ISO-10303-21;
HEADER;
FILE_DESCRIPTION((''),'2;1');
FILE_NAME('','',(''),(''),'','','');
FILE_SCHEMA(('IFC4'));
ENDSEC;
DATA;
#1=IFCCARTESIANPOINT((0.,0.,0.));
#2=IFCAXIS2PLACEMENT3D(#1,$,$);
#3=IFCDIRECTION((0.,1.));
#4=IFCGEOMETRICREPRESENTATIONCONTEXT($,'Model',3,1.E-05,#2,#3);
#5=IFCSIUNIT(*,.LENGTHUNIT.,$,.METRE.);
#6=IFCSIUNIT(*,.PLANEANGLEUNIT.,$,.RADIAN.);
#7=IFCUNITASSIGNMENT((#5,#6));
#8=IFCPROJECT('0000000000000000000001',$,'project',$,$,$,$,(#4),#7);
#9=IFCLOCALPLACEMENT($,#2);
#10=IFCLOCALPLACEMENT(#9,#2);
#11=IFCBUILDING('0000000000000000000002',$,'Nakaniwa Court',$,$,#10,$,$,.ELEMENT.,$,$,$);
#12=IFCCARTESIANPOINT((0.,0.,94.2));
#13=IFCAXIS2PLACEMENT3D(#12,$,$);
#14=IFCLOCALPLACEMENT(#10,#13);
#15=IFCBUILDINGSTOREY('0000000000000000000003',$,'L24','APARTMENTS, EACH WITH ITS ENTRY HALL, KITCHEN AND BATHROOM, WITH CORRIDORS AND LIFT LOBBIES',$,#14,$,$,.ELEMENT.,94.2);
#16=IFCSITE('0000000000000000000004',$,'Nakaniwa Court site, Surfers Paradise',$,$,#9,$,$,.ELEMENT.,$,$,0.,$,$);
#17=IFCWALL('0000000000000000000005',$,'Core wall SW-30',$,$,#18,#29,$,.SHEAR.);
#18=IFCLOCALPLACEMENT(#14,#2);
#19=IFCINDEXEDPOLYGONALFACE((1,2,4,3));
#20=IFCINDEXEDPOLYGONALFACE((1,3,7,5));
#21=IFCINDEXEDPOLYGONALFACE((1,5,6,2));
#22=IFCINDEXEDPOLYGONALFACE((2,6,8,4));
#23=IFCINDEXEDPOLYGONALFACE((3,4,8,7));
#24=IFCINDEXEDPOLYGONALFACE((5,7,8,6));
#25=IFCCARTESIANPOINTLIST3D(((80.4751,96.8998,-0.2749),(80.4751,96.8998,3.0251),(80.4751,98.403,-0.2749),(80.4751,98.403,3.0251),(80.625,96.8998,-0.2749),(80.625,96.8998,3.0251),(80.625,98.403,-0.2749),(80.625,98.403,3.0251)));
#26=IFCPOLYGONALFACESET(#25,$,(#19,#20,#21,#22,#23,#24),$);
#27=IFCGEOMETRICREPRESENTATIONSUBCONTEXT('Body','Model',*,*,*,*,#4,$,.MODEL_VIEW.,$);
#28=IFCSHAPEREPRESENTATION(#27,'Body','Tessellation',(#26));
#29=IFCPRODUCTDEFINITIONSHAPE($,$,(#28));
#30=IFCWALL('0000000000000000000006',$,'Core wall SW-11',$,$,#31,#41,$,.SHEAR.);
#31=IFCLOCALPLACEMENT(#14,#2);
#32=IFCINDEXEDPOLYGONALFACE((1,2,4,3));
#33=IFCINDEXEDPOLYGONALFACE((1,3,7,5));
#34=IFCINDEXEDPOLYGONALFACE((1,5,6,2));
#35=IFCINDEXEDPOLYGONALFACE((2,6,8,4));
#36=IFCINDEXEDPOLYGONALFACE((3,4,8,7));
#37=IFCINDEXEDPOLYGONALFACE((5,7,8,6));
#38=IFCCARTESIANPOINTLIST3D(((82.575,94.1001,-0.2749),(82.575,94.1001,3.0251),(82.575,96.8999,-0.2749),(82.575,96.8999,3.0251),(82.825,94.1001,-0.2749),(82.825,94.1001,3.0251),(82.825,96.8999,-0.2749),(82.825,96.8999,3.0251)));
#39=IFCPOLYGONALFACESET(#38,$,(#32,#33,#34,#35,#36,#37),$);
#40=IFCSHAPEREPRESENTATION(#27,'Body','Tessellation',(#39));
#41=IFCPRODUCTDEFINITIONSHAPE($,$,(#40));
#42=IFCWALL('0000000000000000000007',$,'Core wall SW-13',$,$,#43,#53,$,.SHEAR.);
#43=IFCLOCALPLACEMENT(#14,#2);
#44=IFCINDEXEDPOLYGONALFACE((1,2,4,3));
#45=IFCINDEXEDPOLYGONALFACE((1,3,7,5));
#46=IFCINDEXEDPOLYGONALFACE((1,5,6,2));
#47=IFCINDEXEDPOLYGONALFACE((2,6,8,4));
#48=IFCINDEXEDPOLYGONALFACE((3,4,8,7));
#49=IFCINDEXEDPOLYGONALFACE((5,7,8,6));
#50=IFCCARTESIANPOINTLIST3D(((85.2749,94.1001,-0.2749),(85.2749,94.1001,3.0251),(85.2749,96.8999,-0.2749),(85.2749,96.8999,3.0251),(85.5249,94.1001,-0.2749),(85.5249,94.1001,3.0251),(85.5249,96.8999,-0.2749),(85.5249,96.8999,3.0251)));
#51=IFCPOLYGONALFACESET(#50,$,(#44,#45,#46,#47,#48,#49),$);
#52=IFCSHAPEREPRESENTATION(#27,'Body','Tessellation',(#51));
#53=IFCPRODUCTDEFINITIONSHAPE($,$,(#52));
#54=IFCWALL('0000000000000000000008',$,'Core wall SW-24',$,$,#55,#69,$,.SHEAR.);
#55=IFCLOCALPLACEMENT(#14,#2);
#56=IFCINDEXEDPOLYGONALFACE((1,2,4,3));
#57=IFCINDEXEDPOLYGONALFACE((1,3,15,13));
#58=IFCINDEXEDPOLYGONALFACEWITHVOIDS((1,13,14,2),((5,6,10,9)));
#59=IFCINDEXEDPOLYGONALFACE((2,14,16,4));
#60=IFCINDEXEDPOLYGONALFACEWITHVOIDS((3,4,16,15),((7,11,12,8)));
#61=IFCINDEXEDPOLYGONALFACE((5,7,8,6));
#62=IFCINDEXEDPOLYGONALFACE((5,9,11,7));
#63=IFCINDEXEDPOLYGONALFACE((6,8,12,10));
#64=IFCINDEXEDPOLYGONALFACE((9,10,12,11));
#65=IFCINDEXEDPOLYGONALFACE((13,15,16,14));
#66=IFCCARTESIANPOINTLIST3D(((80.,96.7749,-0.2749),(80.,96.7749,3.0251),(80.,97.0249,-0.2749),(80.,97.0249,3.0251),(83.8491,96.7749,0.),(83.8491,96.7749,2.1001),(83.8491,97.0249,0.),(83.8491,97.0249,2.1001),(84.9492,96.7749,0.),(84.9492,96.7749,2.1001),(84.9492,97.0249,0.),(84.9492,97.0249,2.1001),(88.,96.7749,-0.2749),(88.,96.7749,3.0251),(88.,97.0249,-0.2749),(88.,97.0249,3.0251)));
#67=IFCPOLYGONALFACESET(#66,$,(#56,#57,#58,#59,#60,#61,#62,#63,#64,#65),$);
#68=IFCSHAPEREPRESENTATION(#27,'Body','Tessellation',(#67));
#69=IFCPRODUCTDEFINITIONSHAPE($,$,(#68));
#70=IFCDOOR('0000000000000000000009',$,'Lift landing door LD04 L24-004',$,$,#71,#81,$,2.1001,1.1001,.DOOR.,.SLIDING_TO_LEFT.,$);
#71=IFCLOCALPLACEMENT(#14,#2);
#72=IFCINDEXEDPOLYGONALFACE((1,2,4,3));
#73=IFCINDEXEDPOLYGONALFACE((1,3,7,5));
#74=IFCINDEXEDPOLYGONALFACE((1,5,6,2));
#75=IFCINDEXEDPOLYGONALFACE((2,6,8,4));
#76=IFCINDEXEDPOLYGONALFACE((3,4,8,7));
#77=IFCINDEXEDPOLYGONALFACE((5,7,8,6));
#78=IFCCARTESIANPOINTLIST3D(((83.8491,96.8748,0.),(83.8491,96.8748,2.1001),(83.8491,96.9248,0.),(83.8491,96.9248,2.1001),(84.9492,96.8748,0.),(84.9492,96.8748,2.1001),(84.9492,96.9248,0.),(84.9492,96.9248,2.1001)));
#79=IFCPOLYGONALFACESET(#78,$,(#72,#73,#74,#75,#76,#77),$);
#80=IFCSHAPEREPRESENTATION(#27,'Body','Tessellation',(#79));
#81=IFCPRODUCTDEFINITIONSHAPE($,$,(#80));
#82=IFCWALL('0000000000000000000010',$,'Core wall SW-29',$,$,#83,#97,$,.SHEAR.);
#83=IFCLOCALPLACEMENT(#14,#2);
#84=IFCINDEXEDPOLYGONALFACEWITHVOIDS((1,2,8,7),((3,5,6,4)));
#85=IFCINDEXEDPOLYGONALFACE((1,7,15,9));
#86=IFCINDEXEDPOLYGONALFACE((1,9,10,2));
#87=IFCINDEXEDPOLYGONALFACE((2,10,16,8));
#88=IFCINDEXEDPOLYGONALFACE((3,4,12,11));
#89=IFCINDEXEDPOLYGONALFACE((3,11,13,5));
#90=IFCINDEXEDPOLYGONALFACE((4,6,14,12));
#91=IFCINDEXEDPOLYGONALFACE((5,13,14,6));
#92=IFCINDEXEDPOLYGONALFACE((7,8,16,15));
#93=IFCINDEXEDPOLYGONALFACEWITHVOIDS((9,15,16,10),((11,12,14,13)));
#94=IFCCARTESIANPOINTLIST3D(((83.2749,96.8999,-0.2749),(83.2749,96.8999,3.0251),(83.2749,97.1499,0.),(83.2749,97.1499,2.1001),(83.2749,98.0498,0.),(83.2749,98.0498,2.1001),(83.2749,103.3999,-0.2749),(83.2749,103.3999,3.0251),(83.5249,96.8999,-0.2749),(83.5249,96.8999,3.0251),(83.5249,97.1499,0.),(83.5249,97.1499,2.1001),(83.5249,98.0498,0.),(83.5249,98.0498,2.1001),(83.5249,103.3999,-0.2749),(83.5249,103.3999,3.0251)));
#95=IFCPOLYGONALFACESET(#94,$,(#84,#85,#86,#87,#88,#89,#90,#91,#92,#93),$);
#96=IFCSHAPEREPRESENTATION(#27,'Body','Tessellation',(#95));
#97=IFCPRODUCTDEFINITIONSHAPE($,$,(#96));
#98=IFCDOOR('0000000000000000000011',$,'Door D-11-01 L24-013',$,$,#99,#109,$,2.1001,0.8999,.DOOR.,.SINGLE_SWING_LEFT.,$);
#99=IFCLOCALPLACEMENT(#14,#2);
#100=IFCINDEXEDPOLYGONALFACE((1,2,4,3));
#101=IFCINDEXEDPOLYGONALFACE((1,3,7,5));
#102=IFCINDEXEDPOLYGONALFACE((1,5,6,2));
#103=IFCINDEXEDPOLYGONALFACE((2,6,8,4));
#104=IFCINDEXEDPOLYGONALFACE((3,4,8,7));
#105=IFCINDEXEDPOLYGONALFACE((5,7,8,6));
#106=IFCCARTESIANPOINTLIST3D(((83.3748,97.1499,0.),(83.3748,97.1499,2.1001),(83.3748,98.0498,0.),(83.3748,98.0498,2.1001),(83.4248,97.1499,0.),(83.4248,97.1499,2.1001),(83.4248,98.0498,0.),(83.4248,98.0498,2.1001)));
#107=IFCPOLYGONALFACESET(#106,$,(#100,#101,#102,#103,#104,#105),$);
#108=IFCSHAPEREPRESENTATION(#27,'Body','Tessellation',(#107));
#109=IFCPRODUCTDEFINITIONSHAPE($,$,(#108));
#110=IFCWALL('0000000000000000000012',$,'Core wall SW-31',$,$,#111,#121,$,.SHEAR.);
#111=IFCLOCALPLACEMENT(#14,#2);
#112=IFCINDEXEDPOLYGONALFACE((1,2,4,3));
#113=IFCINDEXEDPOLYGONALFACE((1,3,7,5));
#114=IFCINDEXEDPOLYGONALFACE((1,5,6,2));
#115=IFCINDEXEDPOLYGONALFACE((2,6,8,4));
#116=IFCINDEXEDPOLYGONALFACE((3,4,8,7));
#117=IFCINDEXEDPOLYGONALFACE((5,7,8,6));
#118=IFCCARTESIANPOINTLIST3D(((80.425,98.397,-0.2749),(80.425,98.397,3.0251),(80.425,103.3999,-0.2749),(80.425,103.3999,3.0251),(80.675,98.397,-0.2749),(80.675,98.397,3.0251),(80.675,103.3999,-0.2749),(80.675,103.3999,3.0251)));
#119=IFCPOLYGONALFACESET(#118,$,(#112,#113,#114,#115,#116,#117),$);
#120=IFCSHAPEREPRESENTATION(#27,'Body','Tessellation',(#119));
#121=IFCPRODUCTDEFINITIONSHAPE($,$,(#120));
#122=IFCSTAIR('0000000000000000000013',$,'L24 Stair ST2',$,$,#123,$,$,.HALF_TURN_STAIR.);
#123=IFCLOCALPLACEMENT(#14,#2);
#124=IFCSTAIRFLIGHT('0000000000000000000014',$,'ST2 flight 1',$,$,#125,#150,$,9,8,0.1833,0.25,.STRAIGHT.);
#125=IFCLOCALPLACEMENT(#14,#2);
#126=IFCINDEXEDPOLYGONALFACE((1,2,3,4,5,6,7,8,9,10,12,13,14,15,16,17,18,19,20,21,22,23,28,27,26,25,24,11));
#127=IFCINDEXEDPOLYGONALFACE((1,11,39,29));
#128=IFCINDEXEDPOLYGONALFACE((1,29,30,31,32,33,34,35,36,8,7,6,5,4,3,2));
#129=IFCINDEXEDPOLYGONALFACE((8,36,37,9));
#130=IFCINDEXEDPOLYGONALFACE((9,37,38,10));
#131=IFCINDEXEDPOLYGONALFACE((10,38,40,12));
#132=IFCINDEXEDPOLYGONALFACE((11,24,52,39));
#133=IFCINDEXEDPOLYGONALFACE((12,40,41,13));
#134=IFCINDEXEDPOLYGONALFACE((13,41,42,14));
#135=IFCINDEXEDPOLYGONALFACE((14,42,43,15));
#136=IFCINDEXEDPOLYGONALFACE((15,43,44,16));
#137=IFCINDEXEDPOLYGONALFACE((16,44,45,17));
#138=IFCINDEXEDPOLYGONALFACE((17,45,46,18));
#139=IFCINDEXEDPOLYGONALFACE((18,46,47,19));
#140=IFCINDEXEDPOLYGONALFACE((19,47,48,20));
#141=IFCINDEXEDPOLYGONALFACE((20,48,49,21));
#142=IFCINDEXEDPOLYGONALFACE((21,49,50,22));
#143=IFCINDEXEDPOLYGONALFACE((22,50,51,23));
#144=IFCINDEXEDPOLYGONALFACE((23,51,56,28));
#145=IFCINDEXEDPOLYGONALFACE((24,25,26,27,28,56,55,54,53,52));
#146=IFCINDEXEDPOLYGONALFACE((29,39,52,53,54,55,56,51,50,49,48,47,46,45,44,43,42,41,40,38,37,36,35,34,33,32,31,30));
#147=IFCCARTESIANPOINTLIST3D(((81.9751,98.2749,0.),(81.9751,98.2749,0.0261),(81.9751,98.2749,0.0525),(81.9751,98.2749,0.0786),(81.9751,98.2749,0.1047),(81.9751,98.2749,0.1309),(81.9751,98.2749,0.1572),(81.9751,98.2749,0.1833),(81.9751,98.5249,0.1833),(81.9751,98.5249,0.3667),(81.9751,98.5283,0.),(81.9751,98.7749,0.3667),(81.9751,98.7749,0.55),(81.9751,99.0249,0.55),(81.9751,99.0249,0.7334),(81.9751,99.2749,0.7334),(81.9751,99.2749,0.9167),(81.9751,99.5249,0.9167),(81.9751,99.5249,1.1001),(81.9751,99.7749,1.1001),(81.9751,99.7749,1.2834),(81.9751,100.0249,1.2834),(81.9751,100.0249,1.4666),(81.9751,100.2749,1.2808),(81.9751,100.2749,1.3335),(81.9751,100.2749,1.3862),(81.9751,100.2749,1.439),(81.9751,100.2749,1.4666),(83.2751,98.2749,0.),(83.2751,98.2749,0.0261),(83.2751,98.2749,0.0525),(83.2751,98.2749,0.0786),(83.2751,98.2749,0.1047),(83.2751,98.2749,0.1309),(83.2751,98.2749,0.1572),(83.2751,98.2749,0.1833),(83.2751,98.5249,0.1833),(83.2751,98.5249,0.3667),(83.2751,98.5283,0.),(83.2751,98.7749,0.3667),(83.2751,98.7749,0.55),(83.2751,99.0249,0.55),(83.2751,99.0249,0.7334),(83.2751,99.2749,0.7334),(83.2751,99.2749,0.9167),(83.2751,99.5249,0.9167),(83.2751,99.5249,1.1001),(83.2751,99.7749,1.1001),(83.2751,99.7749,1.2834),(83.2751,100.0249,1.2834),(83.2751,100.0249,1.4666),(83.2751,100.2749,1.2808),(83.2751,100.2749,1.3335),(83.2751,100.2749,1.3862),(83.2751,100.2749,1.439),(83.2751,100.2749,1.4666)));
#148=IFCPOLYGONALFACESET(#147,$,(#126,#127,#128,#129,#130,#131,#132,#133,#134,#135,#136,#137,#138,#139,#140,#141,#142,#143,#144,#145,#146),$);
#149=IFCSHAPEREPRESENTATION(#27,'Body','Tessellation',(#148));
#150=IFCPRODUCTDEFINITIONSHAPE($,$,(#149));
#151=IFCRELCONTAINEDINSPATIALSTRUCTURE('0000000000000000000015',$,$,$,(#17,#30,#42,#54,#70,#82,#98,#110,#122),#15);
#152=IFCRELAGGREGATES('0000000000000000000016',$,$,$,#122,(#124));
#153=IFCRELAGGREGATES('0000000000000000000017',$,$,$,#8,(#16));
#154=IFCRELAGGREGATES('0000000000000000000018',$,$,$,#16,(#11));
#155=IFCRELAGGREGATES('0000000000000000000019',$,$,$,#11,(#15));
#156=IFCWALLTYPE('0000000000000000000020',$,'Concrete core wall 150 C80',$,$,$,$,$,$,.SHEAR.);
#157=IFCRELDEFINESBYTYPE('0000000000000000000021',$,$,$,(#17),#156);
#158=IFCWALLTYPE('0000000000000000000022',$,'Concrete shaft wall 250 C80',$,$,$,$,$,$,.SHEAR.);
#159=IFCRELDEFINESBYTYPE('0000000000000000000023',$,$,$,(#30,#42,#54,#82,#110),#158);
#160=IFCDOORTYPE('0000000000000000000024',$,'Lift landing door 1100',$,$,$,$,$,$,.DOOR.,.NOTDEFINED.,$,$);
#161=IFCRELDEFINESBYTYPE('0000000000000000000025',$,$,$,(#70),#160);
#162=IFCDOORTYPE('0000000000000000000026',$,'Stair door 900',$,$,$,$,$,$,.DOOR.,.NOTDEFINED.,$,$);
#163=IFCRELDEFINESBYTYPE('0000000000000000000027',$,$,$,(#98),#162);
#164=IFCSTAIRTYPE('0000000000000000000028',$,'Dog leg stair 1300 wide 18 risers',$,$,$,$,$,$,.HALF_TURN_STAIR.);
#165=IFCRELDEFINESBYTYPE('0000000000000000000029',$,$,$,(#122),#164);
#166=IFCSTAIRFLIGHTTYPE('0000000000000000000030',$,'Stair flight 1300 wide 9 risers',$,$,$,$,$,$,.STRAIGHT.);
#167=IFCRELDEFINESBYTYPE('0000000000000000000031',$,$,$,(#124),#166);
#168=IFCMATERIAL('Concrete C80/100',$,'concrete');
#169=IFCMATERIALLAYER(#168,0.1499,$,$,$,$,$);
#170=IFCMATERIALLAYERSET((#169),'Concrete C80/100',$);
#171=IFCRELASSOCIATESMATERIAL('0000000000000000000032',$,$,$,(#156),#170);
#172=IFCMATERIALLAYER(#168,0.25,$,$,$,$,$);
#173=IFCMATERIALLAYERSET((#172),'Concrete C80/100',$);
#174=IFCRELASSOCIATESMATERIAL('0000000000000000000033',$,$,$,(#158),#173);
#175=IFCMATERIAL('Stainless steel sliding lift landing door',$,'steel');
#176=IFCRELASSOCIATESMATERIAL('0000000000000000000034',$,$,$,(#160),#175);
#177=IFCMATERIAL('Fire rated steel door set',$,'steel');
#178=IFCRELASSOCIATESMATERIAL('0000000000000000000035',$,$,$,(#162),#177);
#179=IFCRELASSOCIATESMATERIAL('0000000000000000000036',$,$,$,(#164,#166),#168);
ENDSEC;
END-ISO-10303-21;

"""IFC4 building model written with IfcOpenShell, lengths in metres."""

from ifc_helpers import new_model, si_unit, direction, frame, frame_2d, origin, place, context, subcontext, project, spatial, polyline, rectangle, outline, extrude, material, layer, layer_set, type_object, element, fill, aggregate, save


model = new_model("IFC4")

# Units and contexts
model_context = context("Model", 3, precision=1e-05, world=origin(), true_north=direction((0.0, 1.0)))
body_context = subcontext(model_context, "Body", "Model", "MODEL_VIEW")
ifc_project = project(units=[si_unit("LENGTHUNIT", "METRE"), si_unit("PLANEANGLEUNIT", "RADIAN")], contexts=[model_context])

# Site, building, storey
site_placement = place(None, origin())
site = spatial("IfcSite", under=ifc_project, at=site_placement, Name="Nakaniwa Court site, Surfers Paradise", CompositionType="ELEMENT", RefElevation=0.0)
building_placement = place(site_placement, origin())
building = spatial("IfcBuilding", under=site, at=building_placement, Name="Nakaniwa Court", CompositionType="ELEMENT")
storey_placement = place(building_placement, frame((0.0, 0.0, 94.2)))
storey = spatial("IfcBuildingStorey", under=building, at=storey_placement, Name="L24", Description="APARTMENTS, EACH WITH ITS ENTRY HALL, KITCHEN AND BATHROOM, WITH CORRIDORS AND LIFT LOBBIES", CompositionType="ELEMENT", Elevation=94.2)

# Shared definitions
ifc_material_1 = material(Name="Concrete C80/100", Category="concrete")

# Shared definitions
ifc_material_2 = material(Name="Fire rated steel door set", Category="steel")

# Walls
ifc_layer_1 = layer(ifc_material_1, 0.1499)
ifc_layer_set_1 = layer_set([ifc_layer_1], Name="Concrete C80/100")
wall_type_1 = type_object("IfcWallType", Name="Concrete core wall 150 C80", PredefinedType="SHEAR", material=ifc_layer_set_1)
wall_1_placement = place(storey_placement, frame((80.55, 96.8999, -0.2749), z_axis=(0.0, 0.0, 1.0), x_axis=(0.0, 1.0, 0.0)))
element("IfcWall", 1, at=wall_1_placement, inside=storey, type_object=wall_type_1, Name="Core wall SW-30", PredefinedType="SHEAR", context=body_context, shape_type="SweptSolid", body=[
    extrude(rectangle(XDim=1.5032, YDim=0.1499, at=frame_2d((0.7515, 0.0))), origin(), (0.0, 0.0, 1.0), 3.3),
])
ifc_layer_2 = layer(ifc_material_1, 0.25)
ifc_layer_set_2 = layer_set([ifc_layer_2], Name="Concrete C80/100")
wall_type_2 = type_object("IfcWallType", Name="Concrete shaft wall 250 C80", PredefinedType="SHEAR", material=ifc_layer_set_2)
for number, where, z_axis, x_axis, name in (
    (2, (82.7, 94.1001, -0.2749), (0.0, 0.0, 1.0), (0.0, 1.0, 0.0), "Core wall SW-11"),
    (3, (85.3999, 94.1001, -0.2749), (0.0, 0.0, 1.0), (0.0, 1.0, 0.0), "Core wall SW-13"),
):
    element("IfcWall", number, at=place(storey_placement, frame(where, z_axis=z_axis, x_axis=x_axis)), inside=storey, type_object=wall_type_2, Name=name, PredefinedType="SHEAR", context=body_context, shape_type="SweptSolid", body=[
        extrude(rectangle(XDim=2.7998, YDim=0.25, at=frame_2d((1.3999, 0.0))), origin(), (0.0, 0.0, 1.0), 3.3),
    ])

# Walls, openings, doors
wall_2_placement = place(storey_placement, frame((80.0, 96.8999, -0.2749), z_axis=(0.0, 0.0, 1.0), x_axis=(1.0, 0.0, 0.0)))
wall_2 = element("IfcWall", 4, at=wall_2_placement, inside=storey, type_object=wall_type_2, Name="Core wall SW-24", PredefinedType="SHEAR", context=body_context, shape_type="SweptSolid", body=[
    extrude(rectangle(XDim=8.0, YDim=0.25, at=frame_2d((4.0, 0.0))), origin(), (0.0, 0.0, 1.0), 3.3),
])
opening_1_placement = place(wall_2_placement, frame((3.8491, 0.0, 0.2749)))
opening_1 = element("IfcOpeningElement", 5, at=opening_1_placement, cuts=wall_2, PredefinedType="OPENING", context=body_context, shape_type="SweptSolid", body=[
    extrude(rectangle(XDim=1.1001, YDim=2.1001, at=frame_2d((0.55, 1.05))), frame((0.0, 0.135, 0.0), z_axis=(0.0, -1.0, 0.0), x_axis=(1.0, 0.0, 0.0)), (0.0, 0.0, 1.0), 0.27),
])
ifc_material_3 = material(Name="Stainless steel sliding lift landing door", Category="steel")
door_type_1 = type_object("IfcDoorType", Name="Lift landing door 1100", OperationType="NOTDEFINED", PredefinedType="DOOR", material=ifc_material_3)
door_1_placement = place(opening_1_placement, origin())
door_1 = element("IfcDoor", 6, at=door_1_placement, inside=storey, type_object=door_type_1, Name="Lift landing door LD04 L24-004", OperationType="SLIDING_TO_LEFT", OverallHeight=2.1001, OverallWidth=1.1001, PredefinedType="DOOR", context=body_context, shape_type="SweptSolid", body=[
    extrude(rectangle(XDim=1.1001, YDim=2.1001, at=frame_2d((0.55, 1.05))), frame((0.0, 0.0249, 0.0), z_axis=(0.0, -1.0, 0.0), x_axis=(1.0, 0.0, 0.0)), (0.0, 0.0, 1.0), 0.05),
])
fill(opening_1, door_1)
wall_3_placement = place(storey_placement, frame((83.3999, 103.3999, -0.2749), z_axis=(0.0, 0.0, 1.0), x_axis=(0.0, -1.0, 0.0)))
wall_3 = element("IfcWall", 7, at=wall_3_placement, inside=storey, type_object=wall_type_2, Name="Core wall SW-29", PredefinedType="SHEAR", context=body_context, shape_type="SweptSolid", body=[
    extrude(rectangle(XDim=6.5, YDim=0.25, at=frame_2d((3.25, 0.0))), origin(), (0.0, 0.0, 1.0), 3.3),
])
opening_2_placement = place(wall_3_placement, frame((5.3501, 0.0, 0.2749)))
opening_2 = element("IfcOpeningElement", 8, at=opening_2_placement, cuts=wall_3, PredefinedType="OPENING", context=body_context, shape_type="SweptSolid", body=[
    extrude(rectangle(XDim=0.8999, YDim=2.1001, at=frame_2d((0.45, 1.05))), frame((0.0, 0.135, 0.0), z_axis=(0.0, -1.0, 0.0), x_axis=(1.0, 0.0, 0.0)), (0.0, 0.0, 1.0), 0.27),
])
door_type_2 = type_object("IfcDoorType", Name="Stair door 900", OperationType="NOTDEFINED", PredefinedType="DOOR", material=ifc_material_2)
door_2_placement = place(opening_2_placement, origin())
door_2 = element("IfcDoor", 9, at=door_2_placement, inside=storey, type_object=door_type_2, Name="Door D-11-01 L24-013", OperationType="SINGLE_SWING_LEFT", OverallHeight=2.1001, OverallWidth=0.8999, PredefinedType="DOOR", context=body_context, shape_type="SweptSolid", body=[
    extrude(rectangle(XDim=0.8999, YDim=2.1001, at=frame_2d((0.45, 1.05))), frame((0.0, 0.0249, 0.0), z_axis=(0.0, -1.0, 0.0), x_axis=(1.0, 0.0, 0.0)), (0.0, 0.0, 1.0), 0.05),
])
fill(opening_2, door_2)

# Wall
wall_4_placement = place(storey_placement, frame((80.55, 98.397, -0.2749), z_axis=(0.0, 0.0, 1.0), x_axis=(0.0, 1.0, 0.0)))
element("IfcWall", 10, at=wall_4_placement, inside=storey, type_object=wall_type_2, Name="Core wall SW-31", PredefinedType="SHEAR", context=body_context, shape_type="SweptSolid", body=[
    extrude(rectangle(XDim=5.0029, YDim=0.25, at=frame_2d((2.5015, 0.0))), origin(), (0.0, 0.0, 1.0), 3.3),
])

# Stair, stair flight
stair_type = type_object("IfcStairType", Name="Dog leg stair 1300 wide 18 risers", PredefinedType="HALF_TURN_STAIR", material=ifc_material_1)
stair_placement = place(storey_placement, origin())
stair = element("IfcStair", 11, at=stair_placement, inside=storey, type_object=stair_type, Name="L24 Stair ST2", PredefinedType="HALF_TURN_STAIR")
stair_flight_type = type_object("IfcStairFlightType", Name="Stair flight 1300 wide 9 risers", PredefinedType="STRAIGHT", material=ifc_material_1)
stair_flight_1_placement = place(storey_placement, frame((82.625, 98.2749, 0.0), z_axis=(0.0, 0.0, 1.0), x_axis=(0.0, 1.0, 0.0)))
stair_flight_1 = element("IfcStairFlight", 12, at=stair_flight_1_placement, type_object=stair_flight_type, Name="ST2 flight 1", NumberOfRisers=9, NumberOfTreads=8, PredefinedType="STRAIGHT", RiserHeight=0.1833, TreadLength=0.25, context=body_context, shape_type="SweptSolid", body=[
    extrude(outline(polyline([(0.0, 0.0), (0.0, 0.0261), (0.0, 0.0525), (0.0, 0.0786), (0.0, 0.1047), (0.0, 0.1309), (0.0, 0.1572), (0.0, 0.1833), (0.25, 0.1833), (0.25, 0.3667), (0.5, 0.3667), (0.5, 0.55), (0.75, 0.55), (0.75, 0.7334), (1.0, 0.7334), (1.0, 0.9167), (1.25, 0.9167), (1.25, 1.1001), (1.5, 1.1001), (1.5, 1.2834), (1.75, 1.2834), (1.75, 1.4666), (2.0, 1.4666), (2.0, 1.6499), (2.0, 1.5972), (2.0, 1.5444), (2.0, 1.4917), (2.0, 1.439), (2.0, 1.3862), (2.0, 1.3335), (2.0, 1.2808), (0.2534, 0.0), (0.0, 0.0)])), frame((0.0, 0.6499, 0.0), z_axis=(0.0, -1.0, 0.0), x_axis=(1.0, 0.0, 0.0)), (0.0, 0.0, 1.0), 1.3),
])
aggregate(stair, [stair_flight_1])

save(model, "model.ifc")
